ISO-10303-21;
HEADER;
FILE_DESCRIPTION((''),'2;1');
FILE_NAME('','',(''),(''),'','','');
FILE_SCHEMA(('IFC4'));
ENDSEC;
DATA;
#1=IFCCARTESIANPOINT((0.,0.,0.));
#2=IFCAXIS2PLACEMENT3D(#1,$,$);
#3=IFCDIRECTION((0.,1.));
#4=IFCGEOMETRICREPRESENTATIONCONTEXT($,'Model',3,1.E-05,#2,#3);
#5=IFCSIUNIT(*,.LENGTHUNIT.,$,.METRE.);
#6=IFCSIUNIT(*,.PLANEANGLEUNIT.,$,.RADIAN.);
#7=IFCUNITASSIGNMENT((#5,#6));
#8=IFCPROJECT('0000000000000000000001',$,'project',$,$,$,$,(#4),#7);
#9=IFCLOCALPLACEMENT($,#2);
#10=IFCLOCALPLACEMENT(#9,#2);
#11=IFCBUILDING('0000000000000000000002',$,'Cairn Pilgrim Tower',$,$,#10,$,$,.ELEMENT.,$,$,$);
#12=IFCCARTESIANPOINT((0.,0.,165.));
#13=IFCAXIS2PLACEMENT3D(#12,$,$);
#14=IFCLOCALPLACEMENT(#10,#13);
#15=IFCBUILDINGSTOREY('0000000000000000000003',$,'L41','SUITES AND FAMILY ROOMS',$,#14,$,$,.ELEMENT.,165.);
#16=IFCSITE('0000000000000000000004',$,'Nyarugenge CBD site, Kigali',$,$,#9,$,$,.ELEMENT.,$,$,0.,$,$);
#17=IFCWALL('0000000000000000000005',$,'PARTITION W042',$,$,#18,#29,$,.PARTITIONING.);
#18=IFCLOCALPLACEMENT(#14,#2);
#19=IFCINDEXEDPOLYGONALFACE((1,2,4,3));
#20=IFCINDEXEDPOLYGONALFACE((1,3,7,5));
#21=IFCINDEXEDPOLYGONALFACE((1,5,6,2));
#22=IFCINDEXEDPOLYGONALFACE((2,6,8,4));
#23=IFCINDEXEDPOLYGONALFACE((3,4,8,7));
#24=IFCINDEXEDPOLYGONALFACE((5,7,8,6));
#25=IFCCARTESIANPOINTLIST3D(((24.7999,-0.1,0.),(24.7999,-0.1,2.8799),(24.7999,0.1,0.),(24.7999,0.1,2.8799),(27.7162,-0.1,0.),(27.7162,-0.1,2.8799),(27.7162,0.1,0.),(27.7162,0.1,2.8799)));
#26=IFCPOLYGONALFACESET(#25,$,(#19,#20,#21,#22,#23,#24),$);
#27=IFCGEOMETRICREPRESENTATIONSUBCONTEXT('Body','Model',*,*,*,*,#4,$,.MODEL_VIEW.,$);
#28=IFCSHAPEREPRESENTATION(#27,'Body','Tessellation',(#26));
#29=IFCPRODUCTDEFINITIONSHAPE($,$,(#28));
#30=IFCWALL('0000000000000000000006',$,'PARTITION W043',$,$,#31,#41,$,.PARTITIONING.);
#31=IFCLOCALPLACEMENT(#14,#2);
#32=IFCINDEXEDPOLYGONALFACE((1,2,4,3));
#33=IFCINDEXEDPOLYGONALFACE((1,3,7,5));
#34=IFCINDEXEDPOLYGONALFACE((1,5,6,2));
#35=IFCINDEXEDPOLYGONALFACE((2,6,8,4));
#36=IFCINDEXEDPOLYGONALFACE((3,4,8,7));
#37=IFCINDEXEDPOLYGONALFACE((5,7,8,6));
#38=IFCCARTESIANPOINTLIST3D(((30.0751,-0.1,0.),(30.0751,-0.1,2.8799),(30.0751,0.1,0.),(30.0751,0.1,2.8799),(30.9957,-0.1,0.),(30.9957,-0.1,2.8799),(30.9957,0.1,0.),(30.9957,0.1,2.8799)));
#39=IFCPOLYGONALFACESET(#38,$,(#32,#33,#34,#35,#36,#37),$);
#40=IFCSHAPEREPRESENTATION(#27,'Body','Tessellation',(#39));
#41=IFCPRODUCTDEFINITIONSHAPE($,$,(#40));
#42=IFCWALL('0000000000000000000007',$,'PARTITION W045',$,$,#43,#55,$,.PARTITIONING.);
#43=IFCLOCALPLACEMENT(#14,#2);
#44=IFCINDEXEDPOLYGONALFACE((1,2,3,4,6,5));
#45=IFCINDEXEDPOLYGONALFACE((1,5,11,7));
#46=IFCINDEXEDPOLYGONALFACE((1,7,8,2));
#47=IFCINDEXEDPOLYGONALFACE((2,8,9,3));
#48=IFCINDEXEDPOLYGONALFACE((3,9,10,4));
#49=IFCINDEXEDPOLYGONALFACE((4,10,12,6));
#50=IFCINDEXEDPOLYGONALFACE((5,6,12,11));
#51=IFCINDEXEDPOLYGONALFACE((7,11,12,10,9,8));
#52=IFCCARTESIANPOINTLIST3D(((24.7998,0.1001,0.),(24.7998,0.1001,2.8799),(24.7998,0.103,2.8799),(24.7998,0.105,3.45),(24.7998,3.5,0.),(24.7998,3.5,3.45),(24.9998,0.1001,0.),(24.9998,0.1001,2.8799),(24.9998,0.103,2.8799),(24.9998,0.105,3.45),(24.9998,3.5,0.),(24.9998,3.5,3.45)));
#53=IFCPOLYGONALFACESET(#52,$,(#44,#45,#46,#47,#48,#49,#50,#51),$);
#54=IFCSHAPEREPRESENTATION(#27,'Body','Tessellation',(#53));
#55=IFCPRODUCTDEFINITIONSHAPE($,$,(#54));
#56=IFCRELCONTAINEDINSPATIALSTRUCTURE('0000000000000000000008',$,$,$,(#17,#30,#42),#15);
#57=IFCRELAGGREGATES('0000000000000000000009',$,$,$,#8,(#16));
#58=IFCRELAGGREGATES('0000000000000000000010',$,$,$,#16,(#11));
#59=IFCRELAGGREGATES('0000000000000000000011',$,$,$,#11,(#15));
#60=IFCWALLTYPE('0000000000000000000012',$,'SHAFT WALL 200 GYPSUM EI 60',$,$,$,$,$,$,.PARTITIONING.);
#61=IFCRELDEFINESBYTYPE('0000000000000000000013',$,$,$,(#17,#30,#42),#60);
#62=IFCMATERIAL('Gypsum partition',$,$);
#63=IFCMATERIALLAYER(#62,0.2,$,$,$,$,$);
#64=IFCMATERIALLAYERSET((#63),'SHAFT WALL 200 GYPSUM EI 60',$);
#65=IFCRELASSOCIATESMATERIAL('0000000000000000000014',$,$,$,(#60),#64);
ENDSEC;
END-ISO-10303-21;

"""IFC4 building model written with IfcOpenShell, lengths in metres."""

from ifc_helpers import new_model, si_unit, direction, frame, frame_2d, origin, place, context, subcontext, project, spatial, polyline, rectangle, outline, extrude, material, layer, layer_set, type_object, element, save


model = new_model("IFC4")

# Units and contexts
model_context = context("Model", 3, precision=1e-05, world=origin(), true_north=direction((0.0, 1.0)))
body_context = subcontext(model_context, "Body", "Model", "MODEL_VIEW")
ifc_project = project(units=[si_unit("LENGTHUNIT", "METRE"), si_unit("PLANEANGLEUNIT", "RADIAN")], contexts=[model_context])

# Site, building, storey
site_placement = place(None, origin())
site = spatial("IfcSite", under=ifc_project, at=site_placement, Name="Nyarugenge CBD site, Kigali", CompositionType="ELEMENT", RefElevation=0.0)
building_placement = place(site_placement, origin())
building = spatial("IfcBuilding", under=site, at=building_placement, Name="Cairn Pilgrim Tower", CompositionType="ELEMENT")
storey_placement = place(building_placement, frame((0.0, 0.0, 165.0)))
storey = spatial("IfcBuildingStorey", under=building, at=storey_placement, Name="L41", Description="SUITES AND FAMILY ROOMS", CompositionType="ELEMENT", Elevation=165.0)

# Shared definitions
ifc_material_1 = material(Name="Gypsum partition")

# Walls
ifc_layer_1 = layer(ifc_material_1, 0.2)
ifc_layer_set_1 = layer_set([ifc_layer_1], Name="SHAFT WALL 200 GYPSUM EI 60")
wall_type_1 = type_object("IfcWallType", Name="SHAFT WALL 200 GYPSUM EI 60", PredefinedType="PARTITIONING", material=ifc_layer_set_1)
wall_1_placement = place(storey_placement, frame((24.8, 0.0, 0.0), z_axis=(0.0, 0.0, 1.0), x_axis=(1.0, 0.0, 0.0)))
element("IfcWall", 1, at=wall_1_placement, inside=storey, type_object=wall_type_1, Name="PARTITION W042", PredefinedType="PARTITIONING", context=body_context, shape_type="SweptSolid", body=[
    extrude(rectangle(XDim=2.9163, YDim=0.2, at=frame_2d((1.458, 0.0))), origin(), (0.0, 0.0, 1.0), 2.8799),
])
wall_2_placement = place(storey_placement, frame((30.075, 0.0, 0.0), z_axis=(0.0, 0.0, 1.0), x_axis=(1.0, 0.0, 0.0)))
element("IfcWall", 2, at=wall_2_placement, inside=storey, type_object=wall_type_1, Name="PARTITION W043", PredefinedType="PARTITIONING", context=body_context, shape_type="SweptSolid", body=[
    extrude(rectangle(XDim=0.9207, YDim=0.2, at=frame_2d((0.4604, 0.0))), origin(), (0.0, 0.0, 1.0), 2.8799),
])
wall_3_placement = place(storey_placement, frame((24.8999, 0.1001, 0.0), z_axis=(0.0, 0.0, 1.0), x_axis=(0.0, 1.0, 0.0)))
element("IfcWall", 3, at=wall_3_placement, inside=storey, type_object=wall_type_1, Name="PARTITION W045", PredefinedType="PARTITIONING", context=body_context, shape_type="SweptSolid", body=[
    extrude(outline(polyline([(0.0, 0.0), (3.3999, 0.0), (3.3999, 3.45), (0.0049, 3.45), (0.0029, 2.8799), (0.0, 2.8799), (0.0, 0.0)])), frame((0.0, 0.1001, 0.0), z_axis=(0.0, -1.0, 0.0), x_axis=(1.0, 0.0, 0.0)), (0.0, 0.0, 1.0), 0.2),
])

save(model, "model.ifc")
